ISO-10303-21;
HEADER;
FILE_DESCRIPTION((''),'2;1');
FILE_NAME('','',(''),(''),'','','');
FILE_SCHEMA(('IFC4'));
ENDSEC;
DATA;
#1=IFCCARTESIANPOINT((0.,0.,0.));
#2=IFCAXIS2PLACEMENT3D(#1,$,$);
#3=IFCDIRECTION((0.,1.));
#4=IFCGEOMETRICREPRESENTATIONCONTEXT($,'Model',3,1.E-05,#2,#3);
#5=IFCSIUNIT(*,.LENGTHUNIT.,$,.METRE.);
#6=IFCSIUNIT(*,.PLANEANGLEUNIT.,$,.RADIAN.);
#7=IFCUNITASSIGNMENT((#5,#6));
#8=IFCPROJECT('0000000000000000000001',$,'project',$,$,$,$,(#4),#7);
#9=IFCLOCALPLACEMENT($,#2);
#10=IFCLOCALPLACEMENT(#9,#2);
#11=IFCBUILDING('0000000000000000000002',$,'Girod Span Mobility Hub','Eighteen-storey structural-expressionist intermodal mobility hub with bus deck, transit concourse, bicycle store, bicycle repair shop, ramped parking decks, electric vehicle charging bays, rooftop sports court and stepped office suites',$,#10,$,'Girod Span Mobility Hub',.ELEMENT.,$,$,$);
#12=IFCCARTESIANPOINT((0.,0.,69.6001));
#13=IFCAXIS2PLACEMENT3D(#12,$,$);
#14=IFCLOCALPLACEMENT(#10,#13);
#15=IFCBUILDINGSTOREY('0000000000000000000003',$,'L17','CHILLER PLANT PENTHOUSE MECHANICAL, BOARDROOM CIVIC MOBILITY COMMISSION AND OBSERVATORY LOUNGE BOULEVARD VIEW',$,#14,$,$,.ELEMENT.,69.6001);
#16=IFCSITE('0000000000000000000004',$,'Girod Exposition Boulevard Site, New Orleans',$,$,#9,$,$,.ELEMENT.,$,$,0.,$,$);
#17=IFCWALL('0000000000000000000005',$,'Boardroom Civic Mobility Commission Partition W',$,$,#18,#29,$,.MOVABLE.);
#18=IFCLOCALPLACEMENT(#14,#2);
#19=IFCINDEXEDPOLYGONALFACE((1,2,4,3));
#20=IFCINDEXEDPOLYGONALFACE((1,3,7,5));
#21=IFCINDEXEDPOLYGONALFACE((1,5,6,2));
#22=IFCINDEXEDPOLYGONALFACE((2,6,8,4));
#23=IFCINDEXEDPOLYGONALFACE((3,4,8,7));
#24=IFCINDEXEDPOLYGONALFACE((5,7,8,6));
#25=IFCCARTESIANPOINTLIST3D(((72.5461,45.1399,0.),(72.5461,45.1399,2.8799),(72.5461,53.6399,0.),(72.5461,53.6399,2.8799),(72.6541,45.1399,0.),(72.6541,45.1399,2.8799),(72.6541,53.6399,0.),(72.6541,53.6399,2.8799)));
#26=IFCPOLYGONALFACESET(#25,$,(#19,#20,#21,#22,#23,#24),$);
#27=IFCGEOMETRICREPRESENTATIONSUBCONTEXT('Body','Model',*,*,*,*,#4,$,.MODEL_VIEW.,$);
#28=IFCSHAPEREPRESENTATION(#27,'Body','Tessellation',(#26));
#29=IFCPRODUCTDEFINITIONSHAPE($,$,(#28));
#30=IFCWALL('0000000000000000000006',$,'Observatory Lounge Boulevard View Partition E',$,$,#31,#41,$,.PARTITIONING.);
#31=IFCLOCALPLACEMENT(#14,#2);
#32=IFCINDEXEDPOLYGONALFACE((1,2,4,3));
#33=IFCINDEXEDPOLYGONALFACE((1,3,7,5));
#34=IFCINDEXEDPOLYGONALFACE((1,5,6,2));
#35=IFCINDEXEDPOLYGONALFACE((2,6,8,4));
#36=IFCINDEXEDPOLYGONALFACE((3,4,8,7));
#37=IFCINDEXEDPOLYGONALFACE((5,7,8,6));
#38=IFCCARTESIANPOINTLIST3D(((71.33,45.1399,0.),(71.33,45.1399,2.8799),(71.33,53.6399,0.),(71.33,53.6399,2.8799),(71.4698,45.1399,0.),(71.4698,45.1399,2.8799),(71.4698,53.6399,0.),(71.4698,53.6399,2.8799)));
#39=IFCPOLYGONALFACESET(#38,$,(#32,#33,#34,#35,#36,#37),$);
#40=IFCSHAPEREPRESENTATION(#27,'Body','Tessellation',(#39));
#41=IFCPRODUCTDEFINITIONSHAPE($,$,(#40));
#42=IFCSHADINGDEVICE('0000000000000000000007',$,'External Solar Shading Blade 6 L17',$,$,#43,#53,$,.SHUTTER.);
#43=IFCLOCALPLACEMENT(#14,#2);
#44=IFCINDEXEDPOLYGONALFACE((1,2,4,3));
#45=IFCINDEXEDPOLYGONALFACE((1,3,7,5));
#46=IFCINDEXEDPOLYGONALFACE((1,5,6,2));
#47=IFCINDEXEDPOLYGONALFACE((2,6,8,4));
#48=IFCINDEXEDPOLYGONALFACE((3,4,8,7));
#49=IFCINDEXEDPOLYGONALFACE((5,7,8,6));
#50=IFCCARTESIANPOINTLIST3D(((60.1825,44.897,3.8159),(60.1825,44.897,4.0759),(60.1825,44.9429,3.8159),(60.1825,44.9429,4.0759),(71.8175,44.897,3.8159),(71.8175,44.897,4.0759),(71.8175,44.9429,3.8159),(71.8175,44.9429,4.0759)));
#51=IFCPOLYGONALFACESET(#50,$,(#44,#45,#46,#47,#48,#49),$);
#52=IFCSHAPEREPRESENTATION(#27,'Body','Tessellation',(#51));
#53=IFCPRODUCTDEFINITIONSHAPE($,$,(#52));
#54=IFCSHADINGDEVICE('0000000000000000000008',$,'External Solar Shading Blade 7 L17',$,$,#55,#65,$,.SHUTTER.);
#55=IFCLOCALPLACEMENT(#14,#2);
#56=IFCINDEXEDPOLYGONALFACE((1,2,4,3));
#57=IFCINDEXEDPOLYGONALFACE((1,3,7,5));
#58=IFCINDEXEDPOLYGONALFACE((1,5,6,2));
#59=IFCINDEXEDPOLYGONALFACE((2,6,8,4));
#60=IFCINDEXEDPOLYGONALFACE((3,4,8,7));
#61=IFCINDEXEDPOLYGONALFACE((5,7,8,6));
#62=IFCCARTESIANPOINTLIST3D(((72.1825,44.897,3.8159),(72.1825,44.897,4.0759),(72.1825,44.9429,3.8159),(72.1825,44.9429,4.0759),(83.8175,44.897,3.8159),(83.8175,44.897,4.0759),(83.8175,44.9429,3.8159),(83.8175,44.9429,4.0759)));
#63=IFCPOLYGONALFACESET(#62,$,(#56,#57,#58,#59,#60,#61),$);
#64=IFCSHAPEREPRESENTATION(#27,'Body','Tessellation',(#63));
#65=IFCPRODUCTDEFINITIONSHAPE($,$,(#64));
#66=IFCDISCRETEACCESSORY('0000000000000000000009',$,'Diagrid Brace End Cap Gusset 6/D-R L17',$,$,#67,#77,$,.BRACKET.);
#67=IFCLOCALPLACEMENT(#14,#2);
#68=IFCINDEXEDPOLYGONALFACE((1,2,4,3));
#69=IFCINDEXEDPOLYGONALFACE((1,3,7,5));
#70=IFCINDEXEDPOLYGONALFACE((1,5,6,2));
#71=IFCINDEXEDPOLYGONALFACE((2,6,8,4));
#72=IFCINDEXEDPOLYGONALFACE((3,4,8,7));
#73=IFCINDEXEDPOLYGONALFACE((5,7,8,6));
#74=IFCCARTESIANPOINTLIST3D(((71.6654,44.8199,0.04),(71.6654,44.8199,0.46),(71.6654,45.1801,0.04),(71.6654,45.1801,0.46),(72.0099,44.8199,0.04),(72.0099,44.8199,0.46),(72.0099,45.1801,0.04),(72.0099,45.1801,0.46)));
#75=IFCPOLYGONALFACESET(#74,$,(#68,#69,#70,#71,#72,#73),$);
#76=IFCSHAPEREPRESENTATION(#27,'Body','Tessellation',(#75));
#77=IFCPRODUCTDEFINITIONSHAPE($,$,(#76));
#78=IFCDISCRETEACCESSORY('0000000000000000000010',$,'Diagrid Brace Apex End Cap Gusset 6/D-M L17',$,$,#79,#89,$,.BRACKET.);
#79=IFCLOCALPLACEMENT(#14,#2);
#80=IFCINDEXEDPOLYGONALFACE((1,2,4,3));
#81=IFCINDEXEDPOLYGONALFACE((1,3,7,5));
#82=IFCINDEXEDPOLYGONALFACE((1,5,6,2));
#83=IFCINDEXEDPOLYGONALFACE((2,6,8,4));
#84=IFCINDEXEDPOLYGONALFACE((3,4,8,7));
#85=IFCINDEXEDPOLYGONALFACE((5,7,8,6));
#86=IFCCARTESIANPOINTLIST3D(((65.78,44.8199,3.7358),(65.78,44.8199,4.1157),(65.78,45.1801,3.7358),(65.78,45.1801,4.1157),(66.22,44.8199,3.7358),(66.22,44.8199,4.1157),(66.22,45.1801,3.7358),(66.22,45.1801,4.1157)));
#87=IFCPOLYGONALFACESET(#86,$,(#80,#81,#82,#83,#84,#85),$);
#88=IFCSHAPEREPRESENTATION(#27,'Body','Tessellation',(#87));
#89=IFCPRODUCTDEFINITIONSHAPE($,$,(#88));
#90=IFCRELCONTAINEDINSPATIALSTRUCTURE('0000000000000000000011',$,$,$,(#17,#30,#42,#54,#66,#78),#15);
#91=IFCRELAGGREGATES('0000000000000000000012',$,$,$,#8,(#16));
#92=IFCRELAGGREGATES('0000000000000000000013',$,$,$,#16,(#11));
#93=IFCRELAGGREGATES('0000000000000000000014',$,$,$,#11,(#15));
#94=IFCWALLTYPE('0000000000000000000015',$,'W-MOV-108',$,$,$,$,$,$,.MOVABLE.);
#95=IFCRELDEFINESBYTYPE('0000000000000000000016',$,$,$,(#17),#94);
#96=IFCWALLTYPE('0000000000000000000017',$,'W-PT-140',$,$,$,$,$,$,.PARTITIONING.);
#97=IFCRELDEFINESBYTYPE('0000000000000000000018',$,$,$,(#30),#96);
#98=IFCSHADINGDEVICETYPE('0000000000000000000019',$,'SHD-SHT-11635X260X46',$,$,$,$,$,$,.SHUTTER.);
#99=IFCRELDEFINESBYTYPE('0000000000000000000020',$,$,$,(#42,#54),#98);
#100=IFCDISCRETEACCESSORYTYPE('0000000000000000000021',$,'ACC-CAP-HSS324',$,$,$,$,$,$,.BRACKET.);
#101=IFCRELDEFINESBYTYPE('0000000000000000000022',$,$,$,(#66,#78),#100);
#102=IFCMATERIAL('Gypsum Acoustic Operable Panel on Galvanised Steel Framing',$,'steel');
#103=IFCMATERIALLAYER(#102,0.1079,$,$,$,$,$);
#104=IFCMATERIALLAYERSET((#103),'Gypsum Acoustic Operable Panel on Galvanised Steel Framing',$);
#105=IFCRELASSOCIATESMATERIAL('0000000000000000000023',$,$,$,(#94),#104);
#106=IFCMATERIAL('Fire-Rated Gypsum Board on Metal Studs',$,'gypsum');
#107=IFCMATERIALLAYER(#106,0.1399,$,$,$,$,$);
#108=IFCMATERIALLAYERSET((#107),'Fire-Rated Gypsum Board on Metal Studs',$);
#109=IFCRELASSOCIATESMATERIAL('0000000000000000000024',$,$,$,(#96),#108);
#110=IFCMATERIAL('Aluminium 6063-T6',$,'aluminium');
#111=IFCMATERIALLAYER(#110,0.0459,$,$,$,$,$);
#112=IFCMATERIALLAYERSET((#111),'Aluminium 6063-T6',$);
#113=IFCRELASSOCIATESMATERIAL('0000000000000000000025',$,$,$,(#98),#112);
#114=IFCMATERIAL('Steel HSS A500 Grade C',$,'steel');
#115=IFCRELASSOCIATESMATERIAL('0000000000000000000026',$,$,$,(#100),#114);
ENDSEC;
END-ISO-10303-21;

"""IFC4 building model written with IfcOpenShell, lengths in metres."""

from ifc_helpers import new_model, si_unit, direction, frame, frame_2d, origin, origin_2d, place, context, subcontext, project, spatial, rectangle, extrude, material, layer, layer_set, type_object, element, save


model = new_model("IFC4")

# Units and contexts
model_context = context("Model", 3, precision=1e-05, world=origin(), true_north=direction((0.0, 1.0)))
body_context = subcontext(model_context, "Body", "Model", "MODEL_VIEW")
ifc_project = project(units=[si_unit("LENGTHUNIT", "METRE"), si_unit("PLANEANGLEUNIT", "RADIAN")], contexts=[model_context])

# Site, building, storey
site_placement = place(None, origin())
site = spatial("IfcSite", under=ifc_project, at=site_placement, Name="Girod Exposition Boulevard Site, New Orleans", CompositionType="ELEMENT", RefElevation=0.0)
building_placement = place(site_placement, origin())
building = spatial("IfcBuilding", under=site, at=building_placement, Name="Girod Span Mobility Hub", Description="Eighteen-storey structural-expressionist intermodal mobility hub with bus deck, transit concourse, bicycle store, bicycle repair shop, ramped parking decks, electric vehicle charging bays, rooftop sports court and stepped office suites", LongName="Girod Span Mobility Hub", CompositionType="ELEMENT")
storey_placement = place(building_placement, frame((0.0, 0.0, 69.6001)))
storey = spatial("IfcBuildingStorey", under=building, at=storey_placement, Name="L17", Description="CHILLER PLANT PENTHOUSE MECHANICAL, BOARDROOM CIVIC MOBILITY COMMISSION AND OBSERVATORY LOUNGE BOULEVARD VIEW", CompositionType="ELEMENT", Elevation=69.6001)

# Shared definitions
ifc_material_1 = material(Name="Gypsum Acoustic Operable Panel on Galvanised Steel Framing", Category="steel")
ifc_layer_1 = layer(ifc_material_1, 0.1079)
ifc_layer_set_1 = layer_set([ifc_layer_1], Name="Gypsum Acoustic Operable Panel on Galvanised Steel Framing")
wall_type_1 = type_object("IfcWallType", Name="W-MOV-108", PredefinedType="MOVABLE", material=ifc_layer_set_1)

# Walls
wall_1_placement = place(storey_placement, frame((72.6001, 45.1399, 0.0), z_axis=(0.0, 0.0, 1.0), x_axis=(0.0, 1.0, 0.0)))
element("IfcWall", 1, at=wall_1_placement, inside=storey, type_object=wall_type_1, Name="Boardroom Civic Mobility Commission Partition W", PredefinedType="MOVABLE", context=body_context, shape_type="SweptSolid", body=[
    extrude(rectangle(XDim=8.5, YDim=0.1079, at=frame_2d((4.25, 0.0))), origin(), (0.0, 0.0, 1.0), 2.8799),
])
ifc_material_2 = material(Name="Fire-Rated Gypsum Board on Metal Studs", Category="gypsum")
ifc_layer_2 = layer(ifc_material_2, 0.1399)
ifc_layer_set_2 = layer_set([ifc_layer_2], Name="Fire-Rated Gypsum Board on Metal Studs")
wall_type_2 = type_object("IfcWallType", Name="W-PT-140", PredefinedType="PARTITIONING", material=ifc_layer_set_2)
wall_2_placement = place(storey_placement, frame((71.3999, 45.1399, 0.0), z_axis=(0.0, 0.0, 1.0), x_axis=(0.0, 1.0, 0.0)))
element("IfcWall", 2, at=wall_2_placement, inside=storey, type_object=wall_type_2, Name="Observatory Lounge Boulevard View Partition E", PredefinedType="PARTITIONING", context=body_context, shape_type="SweptSolid", body=[
    extrude(rectangle(XDim=8.5, YDim=0.1399, at=frame_2d((4.25, 0.0))), origin(), (0.0, 0.0, 1.0), 2.8799),
])

# Shading devices
ifc_material_3 = material(Name="Aluminium 6063-T6", Category="aluminium")
ifc_layer_3 = layer(ifc_material_3, 0.0459)
ifc_layer_set_3 = layer_set([ifc_layer_3], Name="Aluminium 6063-T6")
shading_device_type = type_object("IfcShadingDeviceType", Name="SHD-SHT-11635X260X46", PredefinedType="SHUTTER", material=ifc_layer_set_3)
for number, where, z_axis, x_axis, name in (
    (3, (66.0, 44.9199, 3.8159), (0.0, 0.0, 1.0), (1.0, 0.0, 0.0), "External Solar Shading Blade 6 L17"),
    (4, (78.0, 44.9199, 3.8159), (0.0, 0.0, 1.0), (1.0, 0.0, 0.0), "External Solar Shading Blade 7 L17"),
):
    element("IfcShadingDevice", number, at=place(storey_placement, frame(where, z_axis=z_axis, x_axis=x_axis)), inside=storey, type_object=shading_device_type, Name=name, PredefinedType="SHUTTER", context=body_context, shape_type="SweptSolid", body=[
        extrude(rectangle(XDim=11.635, YDim=0.0459, at=origin_2d()), origin(), (0.0, 0.0, 1.0), 0.26),
    ])

# Discrete accessories
ifc_material_4 = material(Name="Steel HSS A500 Grade C", Category="steel")
discrete_accessory_type = type_object("IfcDiscreteAccessoryType", Name="ACC-CAP-HSS324", PredefinedType="BRACKET", material=ifc_material_4)
discrete_accessory_1_placement = place(storey_placement, frame((71.8376, 45.0, 0.04), z_axis=(0.0, 0.0, 1.0), x_axis=(1.0, 0.0, 0.0)))
element("IfcDiscreteAccessory", 5, at=discrete_accessory_1_placement, inside=storey, type_object=discrete_accessory_type, Name="Diagrid Brace End Cap Gusset 6/D-R L17", PredefinedType="BRACKET", context=body_context, shape_type="SweptSolid", body=[
    extrude(rectangle(XDim=0.3445, YDim=0.3601, at=origin_2d()), origin(), (0.0, 0.0, 1.0), 0.4199),
])
discrete_accessory_2_placement = place(storey_placement, frame((66.0, 45.0, 3.7358), z_axis=(0.0, 0.0, 1.0), x_axis=(1.0, 0.0, 0.0)))
element("IfcDiscreteAccessory", 6, at=discrete_accessory_2_placement, inside=storey, type_object=discrete_accessory_type, Name="Diagrid Brace Apex End Cap Gusset 6/D-M L17", PredefinedType="BRACKET", context=body_context, shape_type="SweptSolid", body=[
    extrude(rectangle(XDim=0.4399, YDim=0.3601, at=origin_2d()), origin(), (0.0, 0.0, 1.0), 0.3799),
])

save(model, "model.ifc")
